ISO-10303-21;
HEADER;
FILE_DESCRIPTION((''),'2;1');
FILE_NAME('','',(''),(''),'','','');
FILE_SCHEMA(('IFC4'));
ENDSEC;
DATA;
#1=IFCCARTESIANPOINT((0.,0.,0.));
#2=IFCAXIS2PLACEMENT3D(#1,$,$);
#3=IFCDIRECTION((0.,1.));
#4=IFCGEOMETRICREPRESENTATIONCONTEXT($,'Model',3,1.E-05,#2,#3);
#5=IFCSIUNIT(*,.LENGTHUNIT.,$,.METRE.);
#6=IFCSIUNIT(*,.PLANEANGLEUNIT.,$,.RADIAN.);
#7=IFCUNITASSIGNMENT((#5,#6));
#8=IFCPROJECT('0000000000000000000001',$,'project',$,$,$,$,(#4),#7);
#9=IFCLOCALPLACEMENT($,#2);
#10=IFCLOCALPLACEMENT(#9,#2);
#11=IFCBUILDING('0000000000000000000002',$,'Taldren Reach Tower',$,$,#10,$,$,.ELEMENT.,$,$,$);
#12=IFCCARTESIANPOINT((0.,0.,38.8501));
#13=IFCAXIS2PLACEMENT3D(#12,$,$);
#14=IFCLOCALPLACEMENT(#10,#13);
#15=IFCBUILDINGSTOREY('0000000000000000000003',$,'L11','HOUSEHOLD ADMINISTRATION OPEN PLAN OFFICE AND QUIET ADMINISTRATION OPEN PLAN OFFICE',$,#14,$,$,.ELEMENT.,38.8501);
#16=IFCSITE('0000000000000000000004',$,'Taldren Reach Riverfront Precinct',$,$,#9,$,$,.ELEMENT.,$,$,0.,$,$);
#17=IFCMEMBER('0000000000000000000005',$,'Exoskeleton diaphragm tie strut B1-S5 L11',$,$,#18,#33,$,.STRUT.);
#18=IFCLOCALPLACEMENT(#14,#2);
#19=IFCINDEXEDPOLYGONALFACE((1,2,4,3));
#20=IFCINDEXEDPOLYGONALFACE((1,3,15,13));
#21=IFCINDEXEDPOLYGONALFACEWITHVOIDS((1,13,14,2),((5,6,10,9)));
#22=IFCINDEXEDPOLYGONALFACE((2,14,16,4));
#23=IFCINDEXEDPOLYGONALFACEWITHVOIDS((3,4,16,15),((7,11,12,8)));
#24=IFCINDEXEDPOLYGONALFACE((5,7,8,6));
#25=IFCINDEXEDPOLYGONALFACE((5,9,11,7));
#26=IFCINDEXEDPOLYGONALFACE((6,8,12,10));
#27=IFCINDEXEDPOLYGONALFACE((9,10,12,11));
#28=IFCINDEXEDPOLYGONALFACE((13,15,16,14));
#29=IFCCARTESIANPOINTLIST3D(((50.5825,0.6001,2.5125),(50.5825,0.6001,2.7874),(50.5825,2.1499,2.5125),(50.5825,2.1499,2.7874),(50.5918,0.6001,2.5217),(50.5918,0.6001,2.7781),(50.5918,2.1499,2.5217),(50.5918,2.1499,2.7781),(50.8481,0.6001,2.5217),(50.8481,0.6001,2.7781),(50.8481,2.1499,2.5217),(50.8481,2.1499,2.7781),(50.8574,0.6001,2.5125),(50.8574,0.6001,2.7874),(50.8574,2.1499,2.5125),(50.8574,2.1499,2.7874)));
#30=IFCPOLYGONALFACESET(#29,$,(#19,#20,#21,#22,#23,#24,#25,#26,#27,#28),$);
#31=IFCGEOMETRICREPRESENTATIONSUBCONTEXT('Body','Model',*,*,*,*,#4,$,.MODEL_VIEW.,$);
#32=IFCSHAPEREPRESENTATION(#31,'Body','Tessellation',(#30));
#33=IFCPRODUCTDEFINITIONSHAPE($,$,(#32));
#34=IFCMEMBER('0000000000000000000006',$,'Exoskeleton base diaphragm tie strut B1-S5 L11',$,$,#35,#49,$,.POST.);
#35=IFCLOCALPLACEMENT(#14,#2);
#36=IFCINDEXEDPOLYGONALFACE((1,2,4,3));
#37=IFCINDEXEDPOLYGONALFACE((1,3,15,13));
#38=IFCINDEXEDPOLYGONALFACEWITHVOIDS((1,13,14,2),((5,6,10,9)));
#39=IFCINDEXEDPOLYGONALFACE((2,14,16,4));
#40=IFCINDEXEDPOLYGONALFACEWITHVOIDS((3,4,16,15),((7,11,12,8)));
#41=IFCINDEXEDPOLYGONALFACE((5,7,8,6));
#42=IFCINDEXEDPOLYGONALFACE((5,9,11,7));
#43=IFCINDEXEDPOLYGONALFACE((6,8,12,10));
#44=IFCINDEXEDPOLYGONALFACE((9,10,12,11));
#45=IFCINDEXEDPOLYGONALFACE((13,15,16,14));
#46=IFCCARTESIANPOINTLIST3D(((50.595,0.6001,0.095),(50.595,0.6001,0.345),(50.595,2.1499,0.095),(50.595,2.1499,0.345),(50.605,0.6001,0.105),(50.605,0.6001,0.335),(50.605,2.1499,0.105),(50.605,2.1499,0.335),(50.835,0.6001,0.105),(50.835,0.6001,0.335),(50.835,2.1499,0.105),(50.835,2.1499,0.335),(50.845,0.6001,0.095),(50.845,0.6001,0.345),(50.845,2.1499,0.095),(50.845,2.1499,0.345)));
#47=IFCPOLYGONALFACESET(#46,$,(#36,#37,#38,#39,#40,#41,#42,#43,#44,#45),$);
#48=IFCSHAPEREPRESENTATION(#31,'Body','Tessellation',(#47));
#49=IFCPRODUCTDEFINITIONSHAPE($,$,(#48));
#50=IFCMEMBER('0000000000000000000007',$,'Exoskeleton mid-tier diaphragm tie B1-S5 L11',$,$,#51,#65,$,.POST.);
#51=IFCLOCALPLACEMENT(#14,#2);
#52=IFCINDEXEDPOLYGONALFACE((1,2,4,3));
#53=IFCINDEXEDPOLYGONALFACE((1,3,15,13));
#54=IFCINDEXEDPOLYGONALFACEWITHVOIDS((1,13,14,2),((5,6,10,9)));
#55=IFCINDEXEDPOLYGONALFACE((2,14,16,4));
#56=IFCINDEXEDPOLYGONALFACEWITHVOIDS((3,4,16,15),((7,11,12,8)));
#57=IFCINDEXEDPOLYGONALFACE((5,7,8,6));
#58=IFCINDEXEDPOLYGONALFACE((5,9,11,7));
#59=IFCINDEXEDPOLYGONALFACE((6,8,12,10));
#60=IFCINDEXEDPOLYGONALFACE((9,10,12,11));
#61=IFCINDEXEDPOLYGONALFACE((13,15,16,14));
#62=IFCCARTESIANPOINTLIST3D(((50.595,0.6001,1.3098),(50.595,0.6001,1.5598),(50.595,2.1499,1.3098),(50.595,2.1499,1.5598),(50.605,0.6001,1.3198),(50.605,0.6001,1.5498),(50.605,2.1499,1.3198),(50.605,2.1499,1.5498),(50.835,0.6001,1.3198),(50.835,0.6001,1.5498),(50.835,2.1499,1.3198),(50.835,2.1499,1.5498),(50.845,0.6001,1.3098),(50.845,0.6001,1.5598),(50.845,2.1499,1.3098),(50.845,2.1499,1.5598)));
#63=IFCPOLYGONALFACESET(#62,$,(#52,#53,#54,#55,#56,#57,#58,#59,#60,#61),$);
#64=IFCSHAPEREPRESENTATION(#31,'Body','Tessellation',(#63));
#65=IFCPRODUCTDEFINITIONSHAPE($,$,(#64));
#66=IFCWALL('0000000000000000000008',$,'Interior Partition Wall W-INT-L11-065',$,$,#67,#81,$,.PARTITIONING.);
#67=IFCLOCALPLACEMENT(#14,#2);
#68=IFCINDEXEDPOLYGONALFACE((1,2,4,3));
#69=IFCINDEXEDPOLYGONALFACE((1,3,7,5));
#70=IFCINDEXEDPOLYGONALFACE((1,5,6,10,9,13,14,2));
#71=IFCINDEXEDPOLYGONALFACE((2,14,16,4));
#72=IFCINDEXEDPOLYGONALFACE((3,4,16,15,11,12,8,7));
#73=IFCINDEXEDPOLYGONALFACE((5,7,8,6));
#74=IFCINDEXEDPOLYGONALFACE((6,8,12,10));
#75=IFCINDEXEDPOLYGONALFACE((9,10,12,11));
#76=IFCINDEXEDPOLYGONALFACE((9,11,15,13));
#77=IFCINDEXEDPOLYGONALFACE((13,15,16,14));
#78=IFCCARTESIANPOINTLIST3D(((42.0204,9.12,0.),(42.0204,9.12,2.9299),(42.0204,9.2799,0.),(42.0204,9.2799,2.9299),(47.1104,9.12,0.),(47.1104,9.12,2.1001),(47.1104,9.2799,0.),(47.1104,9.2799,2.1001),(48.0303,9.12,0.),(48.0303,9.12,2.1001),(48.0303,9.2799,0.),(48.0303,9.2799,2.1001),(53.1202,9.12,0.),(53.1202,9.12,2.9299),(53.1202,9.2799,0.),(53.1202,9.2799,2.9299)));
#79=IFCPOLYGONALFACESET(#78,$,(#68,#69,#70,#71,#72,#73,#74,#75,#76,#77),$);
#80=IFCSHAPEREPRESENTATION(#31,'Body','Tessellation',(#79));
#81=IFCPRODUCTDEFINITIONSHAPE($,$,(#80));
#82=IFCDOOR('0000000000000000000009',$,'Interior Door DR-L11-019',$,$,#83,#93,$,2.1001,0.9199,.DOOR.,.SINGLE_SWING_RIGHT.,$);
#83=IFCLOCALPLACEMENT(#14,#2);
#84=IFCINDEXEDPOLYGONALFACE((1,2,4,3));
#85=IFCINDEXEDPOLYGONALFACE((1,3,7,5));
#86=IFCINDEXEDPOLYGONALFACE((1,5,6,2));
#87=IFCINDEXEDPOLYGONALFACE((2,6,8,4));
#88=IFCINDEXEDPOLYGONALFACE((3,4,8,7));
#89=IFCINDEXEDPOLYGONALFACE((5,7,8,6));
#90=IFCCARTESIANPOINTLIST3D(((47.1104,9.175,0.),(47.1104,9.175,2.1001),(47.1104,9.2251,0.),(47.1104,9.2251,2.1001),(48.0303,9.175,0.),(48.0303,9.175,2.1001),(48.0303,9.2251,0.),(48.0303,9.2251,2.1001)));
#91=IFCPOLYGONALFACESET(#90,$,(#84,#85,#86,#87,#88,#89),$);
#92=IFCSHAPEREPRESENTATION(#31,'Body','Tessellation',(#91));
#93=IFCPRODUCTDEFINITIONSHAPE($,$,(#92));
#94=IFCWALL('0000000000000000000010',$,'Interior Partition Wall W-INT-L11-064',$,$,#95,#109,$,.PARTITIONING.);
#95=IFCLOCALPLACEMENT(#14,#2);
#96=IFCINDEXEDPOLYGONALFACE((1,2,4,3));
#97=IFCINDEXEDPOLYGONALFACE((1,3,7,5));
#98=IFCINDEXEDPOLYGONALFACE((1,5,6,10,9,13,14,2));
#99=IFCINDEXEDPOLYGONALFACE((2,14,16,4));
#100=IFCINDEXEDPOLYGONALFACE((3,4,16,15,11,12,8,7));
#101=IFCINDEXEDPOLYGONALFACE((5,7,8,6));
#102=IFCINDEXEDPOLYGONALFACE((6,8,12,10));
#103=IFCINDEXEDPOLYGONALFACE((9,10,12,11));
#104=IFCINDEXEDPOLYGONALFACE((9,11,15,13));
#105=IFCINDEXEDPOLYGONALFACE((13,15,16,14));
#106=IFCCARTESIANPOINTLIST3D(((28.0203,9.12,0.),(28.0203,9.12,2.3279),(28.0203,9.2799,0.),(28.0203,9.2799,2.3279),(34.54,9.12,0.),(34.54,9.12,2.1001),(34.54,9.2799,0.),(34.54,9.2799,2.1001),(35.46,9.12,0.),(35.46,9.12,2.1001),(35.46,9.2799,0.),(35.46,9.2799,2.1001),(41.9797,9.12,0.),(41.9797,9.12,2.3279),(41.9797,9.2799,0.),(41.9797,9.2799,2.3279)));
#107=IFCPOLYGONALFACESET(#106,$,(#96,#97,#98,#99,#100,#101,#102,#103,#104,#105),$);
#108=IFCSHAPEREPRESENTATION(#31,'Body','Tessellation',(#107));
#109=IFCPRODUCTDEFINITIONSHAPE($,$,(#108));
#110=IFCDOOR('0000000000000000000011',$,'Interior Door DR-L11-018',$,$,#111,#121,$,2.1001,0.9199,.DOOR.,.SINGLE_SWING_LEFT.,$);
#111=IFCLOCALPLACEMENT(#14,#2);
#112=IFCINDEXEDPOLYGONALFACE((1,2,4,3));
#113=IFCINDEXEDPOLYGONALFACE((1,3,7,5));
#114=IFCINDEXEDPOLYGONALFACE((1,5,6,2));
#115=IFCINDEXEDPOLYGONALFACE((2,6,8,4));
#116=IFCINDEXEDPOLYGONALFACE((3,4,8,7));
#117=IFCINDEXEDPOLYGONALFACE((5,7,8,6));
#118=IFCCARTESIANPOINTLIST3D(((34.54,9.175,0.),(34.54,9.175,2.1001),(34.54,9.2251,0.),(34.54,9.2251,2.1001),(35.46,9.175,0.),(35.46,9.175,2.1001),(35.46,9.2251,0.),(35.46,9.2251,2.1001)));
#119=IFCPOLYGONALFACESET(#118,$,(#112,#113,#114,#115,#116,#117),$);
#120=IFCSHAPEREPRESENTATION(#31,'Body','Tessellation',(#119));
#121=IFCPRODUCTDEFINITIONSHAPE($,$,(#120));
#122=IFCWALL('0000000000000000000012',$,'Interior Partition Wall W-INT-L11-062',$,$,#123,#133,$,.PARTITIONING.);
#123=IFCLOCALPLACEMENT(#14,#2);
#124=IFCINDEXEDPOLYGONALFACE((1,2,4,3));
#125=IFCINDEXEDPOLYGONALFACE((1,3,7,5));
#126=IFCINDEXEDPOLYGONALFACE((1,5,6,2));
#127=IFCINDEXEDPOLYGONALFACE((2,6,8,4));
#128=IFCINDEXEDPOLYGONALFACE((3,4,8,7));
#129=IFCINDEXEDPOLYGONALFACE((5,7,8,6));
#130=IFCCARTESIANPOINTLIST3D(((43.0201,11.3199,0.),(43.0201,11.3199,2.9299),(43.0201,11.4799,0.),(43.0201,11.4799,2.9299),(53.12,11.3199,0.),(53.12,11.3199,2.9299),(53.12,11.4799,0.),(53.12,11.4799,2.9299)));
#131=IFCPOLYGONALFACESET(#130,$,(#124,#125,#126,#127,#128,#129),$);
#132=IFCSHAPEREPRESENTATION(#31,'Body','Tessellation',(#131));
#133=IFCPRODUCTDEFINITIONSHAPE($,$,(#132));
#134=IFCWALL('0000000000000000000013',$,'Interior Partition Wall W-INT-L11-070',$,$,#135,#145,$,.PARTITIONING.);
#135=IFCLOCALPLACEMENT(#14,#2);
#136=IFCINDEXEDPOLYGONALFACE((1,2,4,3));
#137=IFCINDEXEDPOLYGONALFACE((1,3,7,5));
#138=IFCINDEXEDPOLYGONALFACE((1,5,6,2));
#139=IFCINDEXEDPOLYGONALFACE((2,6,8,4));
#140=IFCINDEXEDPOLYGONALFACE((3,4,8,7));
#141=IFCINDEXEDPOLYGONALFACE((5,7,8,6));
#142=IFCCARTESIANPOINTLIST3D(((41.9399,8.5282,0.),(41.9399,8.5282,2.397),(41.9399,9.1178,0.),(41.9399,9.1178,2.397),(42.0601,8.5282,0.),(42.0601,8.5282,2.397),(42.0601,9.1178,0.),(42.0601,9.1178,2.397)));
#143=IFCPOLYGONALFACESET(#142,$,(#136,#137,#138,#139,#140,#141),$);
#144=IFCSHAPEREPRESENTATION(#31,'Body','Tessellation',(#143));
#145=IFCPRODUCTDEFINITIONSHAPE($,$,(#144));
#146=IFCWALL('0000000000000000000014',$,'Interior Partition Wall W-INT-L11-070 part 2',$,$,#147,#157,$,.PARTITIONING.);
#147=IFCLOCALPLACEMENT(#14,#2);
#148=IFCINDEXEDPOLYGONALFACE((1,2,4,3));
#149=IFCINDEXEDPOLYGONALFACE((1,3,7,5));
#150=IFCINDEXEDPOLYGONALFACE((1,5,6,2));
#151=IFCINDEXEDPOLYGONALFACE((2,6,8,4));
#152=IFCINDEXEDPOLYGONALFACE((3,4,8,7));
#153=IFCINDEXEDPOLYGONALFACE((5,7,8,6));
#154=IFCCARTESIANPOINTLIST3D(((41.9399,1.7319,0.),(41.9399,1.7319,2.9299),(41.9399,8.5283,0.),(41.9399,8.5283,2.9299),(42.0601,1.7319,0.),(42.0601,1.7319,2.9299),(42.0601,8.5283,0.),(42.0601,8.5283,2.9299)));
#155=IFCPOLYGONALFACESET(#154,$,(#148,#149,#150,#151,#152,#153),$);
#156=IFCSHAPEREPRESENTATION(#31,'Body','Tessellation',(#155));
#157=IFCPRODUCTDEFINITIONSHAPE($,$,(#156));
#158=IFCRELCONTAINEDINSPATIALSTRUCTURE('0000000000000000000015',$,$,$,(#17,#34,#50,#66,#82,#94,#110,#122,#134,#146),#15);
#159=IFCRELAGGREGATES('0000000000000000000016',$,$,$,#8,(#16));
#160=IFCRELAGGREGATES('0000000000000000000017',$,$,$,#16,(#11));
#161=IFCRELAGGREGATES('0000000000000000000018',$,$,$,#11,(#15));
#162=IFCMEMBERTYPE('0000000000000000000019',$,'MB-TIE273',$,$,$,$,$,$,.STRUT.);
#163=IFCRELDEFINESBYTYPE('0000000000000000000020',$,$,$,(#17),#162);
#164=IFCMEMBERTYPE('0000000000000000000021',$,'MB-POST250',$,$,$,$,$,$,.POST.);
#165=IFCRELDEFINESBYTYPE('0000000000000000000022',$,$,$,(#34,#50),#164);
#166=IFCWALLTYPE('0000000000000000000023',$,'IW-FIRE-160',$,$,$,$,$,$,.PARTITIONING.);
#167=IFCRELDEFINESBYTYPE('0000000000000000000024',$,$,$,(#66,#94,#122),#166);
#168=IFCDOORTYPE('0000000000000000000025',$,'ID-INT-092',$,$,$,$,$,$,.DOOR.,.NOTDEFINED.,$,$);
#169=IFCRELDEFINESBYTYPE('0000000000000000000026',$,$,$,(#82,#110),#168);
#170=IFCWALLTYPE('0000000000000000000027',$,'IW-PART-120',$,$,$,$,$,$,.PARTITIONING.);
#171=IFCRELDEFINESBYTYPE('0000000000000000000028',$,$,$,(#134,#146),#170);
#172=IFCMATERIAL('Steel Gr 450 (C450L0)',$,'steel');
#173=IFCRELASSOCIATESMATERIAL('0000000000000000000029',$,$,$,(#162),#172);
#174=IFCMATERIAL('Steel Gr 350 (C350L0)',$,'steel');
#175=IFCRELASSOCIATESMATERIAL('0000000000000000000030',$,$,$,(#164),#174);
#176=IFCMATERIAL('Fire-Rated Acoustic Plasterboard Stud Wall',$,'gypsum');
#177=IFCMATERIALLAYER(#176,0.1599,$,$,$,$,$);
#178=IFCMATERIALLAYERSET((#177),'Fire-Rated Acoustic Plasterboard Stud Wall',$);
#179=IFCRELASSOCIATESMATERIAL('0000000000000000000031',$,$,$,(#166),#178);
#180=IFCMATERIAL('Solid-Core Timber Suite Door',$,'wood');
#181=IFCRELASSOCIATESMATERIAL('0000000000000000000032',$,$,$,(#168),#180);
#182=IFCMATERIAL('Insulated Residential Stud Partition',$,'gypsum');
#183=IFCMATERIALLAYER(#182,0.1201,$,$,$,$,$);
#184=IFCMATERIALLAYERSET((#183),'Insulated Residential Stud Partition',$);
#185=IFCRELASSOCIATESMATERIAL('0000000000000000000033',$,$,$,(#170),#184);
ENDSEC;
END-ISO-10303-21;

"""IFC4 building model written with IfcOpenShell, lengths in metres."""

from ifc_helpers import new_model, si_unit, direction, frame, frame_2d, origin, origin_2d, place, context, subcontext, project, spatial, rectangle, hollow_rectangle, extrude, source, transform, mapped, material, layer, layer_set, material_profile, profile_set, type_object, element, fill, save


model = new_model("IFC4")

# Units and contexts
model_context = context("Model", 3, precision=1e-05, world=origin(), true_north=direction((0.0, 1.0)))
body_context = subcontext(model_context, "Body", "Model", "MODEL_VIEW")
ifc_project = project(units=[si_unit("LENGTHUNIT", "METRE"), si_unit("PLANEANGLEUNIT", "RADIAN")], contexts=[model_context])

# Site, building, storey
site_placement = place(None, origin())
site = spatial("IfcSite", under=ifc_project, at=site_placement, Name="Taldren Reach Riverfront Precinct", CompositionType="ELEMENT", RefElevation=0.0)
building_placement = place(site_placement, origin())
building = spatial("IfcBuilding", under=site, at=building_placement, Name="Taldren Reach Tower", CompositionType="ELEMENT")
storey_placement = place(building_placement, frame((0.0, 0.0, 38.8501)))
storey = spatial("IfcBuildingStorey", under=building, at=storey_placement, Name="L11", Description="HOUSEHOLD ADMINISTRATION OPEN PLAN OFFICE AND QUIET ADMINISTRATION OPEN PLAN OFFICE", CompositionType="ELEMENT", Elevation=38.8501)

# Members
ifc_material_1 = material(Name="Steel Gr 450 (C450L0)", Category="steel")
ifc_material_profile_1 = material_profile(ifc_material_1, hollow_rectangle(XDim=0.2749, YDim=0.2749, WallThickness=0.0093, at=origin_2d()), Name="275x275x9.3SHS")
ifc_profile_set_1 = profile_set([ifc_material_profile_1], Name="Steel Gr 450 (C450L0)")
member_type_1 = type_object("IfcMemberType", Name="MB-TIE273", PredefinedType="STRUT", material=ifc_profile_set_1)
shared_shape_1 = source(origin(), body_context, "Body", "SweptSolid", [
    extrude(hollow_rectangle(XDim=0.2749, YDim=0.2749, WallThickness=0.0093, at=origin_2d()), origin(), (0.0, 0.0, 1.0), 1.5498),
])
member_placement = place(storey_placement, frame((50.72, 2.1499, 2.6499), z_axis=(0.0, -1.0, 0.0), x_axis=(1.0, 0.0, 0.0)))
element("IfcMember", 1, at=member_placement, inside=storey, type_object=member_type_1, Name="Exoskeleton diaphragm tie strut B1-S5 L11", PredefinedType="STRUT", context=body_context, shape_type="MappedRepresentation", body=[
    mapped(shared_shape_1, transform((0.0, 0.0, 0.0), scale=1.0)),
])
ifc_material_2 = material(Name="Steel Gr 350 (C350L0)", Category="steel")
ifc_material_profile_2 = material_profile(ifc_material_2, hollow_rectangle(XDim=0.25, YDim=0.25, WallThickness=0.01, at=origin_2d()), Name="250x250x10.0SHS")
ifc_profile_set_2 = profile_set([ifc_material_profile_2], Name="Steel Gr 350 (C350L0)")
member_type_2 = type_object("IfcMemberType", Name="MB-POST250", PredefinedType="POST", material=ifc_profile_set_2)
shared_shape_2 = source(origin(), body_context, "Body", "SweptSolid", [
    extrude(hollow_rectangle(XDim=0.25, YDim=0.25, WallThickness=0.01, at=origin_2d()), origin(), (0.0, 0.0, 1.0), 1.5498),
])
for number, where, z_axis, x_axis, name in (
    (2, (50.72, 2.1499, 0.22), (0.0, -1.0, 0.0), (1.0, 0.0, 0.0), "Exoskeleton base diaphragm tie strut B1-S5 L11"),
    (3, (50.72, 2.1499, 1.4348), (0.0, -1.0, 0.0), (1.0, 0.0, 0.0), "Exoskeleton mid-tier diaphragm tie B1-S5 L11"),
):
    element("IfcMember", number, at=place(storey_placement, frame(where, z_axis=z_axis, x_axis=x_axis)), inside=storey, type_object=member_type_2, Name=name, PredefinedType="POST", context=body_context, shape_type="MappedRepresentation", body=[
        mapped(shared_shape_2, transform((0.0, 0.0, 0.0), scale=1.0)),
    ])

# Walls, openings, doors
ifc_material_3 = material(Name="Fire-Rated Acoustic Plasterboard Stud Wall", Category="gypsum")
ifc_layer_1 = layer(ifc_material_3, 0.1599)
ifc_layer_set_1 = layer_set([ifc_layer_1], Name="Fire-Rated Acoustic Plasterboard Stud Wall")
wall_type_1 = type_object("IfcWallType", Name="IW-FIRE-160", PredefinedType="PARTITIONING", material=ifc_layer_set_1)
shared_shape_3 = source(origin(), body_context, "Body", "SweptSolid", [
    extrude(rectangle(XDim=11.0999, YDim=0.1599, at=frame_2d((5.5498, 0.0))), origin(), (0.0, 0.0, 1.0), 2.9299),
])
wall_1_placement = place(storey_placement, frame((53.1201, 9.2, 0.0), z_axis=(0.0, 0.0, 1.0), x_axis=(-1.0, 0.0, 0.0)))
wall_1 = element("IfcWall", 4, at=wall_1_placement, inside=storey, type_object=wall_type_1, Name="Interior Partition Wall W-INT-L11-065", PredefinedType="PARTITIONING", context=body_context, shape_type="MappedRepresentation", body=[
    mapped(shared_shape_3, transform((0.0, 0.0, 0.0), scale=1.0)),
])
shared_shape_4 = source(origin(), body_context, "Body", "SweptSolid", [
    extrude(rectangle(XDim=0.9199, YDim=2.1001, at=frame_2d((0.46, 1.05))), frame((0.0, 0.0898, 0.0), z_axis=(0.0, -1.0, 0.0), x_axis=(1.0, 0.0, 0.0)), (0.0, 0.0, 1.0), 0.1799),
])
opening_1_placement = place(wall_1_placement, frame((5.0898, 0.0, 0.0)))
opening_1 = element("IfcOpeningElement", 5, at=opening_1_placement, cuts=wall_1, PredefinedType="OPENING", context=body_context, shape_type="MappedRepresentation", body=[
    mapped(shared_shape_4, transform((0.0, 0.0, 0.0), scale=1.0)),
])
ifc_material_4 = material(Name="Solid-Core Timber Suite Door", Category="wood")
door_type = type_object("IfcDoorType", Name="ID-INT-092", OperationType="NOTDEFINED", PredefinedType="DOOR", material=ifc_material_4)
shared_shape_5 = source(origin(), body_context, "Body", "SweptSolid", [
    extrude(rectangle(XDim=0.9199, YDim=2.1001, at=frame_2d((0.46, 1.05))), frame((0.0, 0.0249, 0.0), z_axis=(0.0, -1.0, 0.0), x_axis=(1.0, 0.0, 0.0)), (0.0, 0.0, 1.0), 0.05),
])
door_1_placement = place(opening_1_placement, origin())
door_1 = element("IfcDoor", 6, at=door_1_placement, inside=storey, type_object=door_type, Name="Interior Door DR-L11-019", OperationType="SINGLE_SWING_RIGHT", OverallHeight=2.1001, OverallWidth=0.9199, PredefinedType="DOOR", context=body_context, shape_type="MappedRepresentation", body=[
    mapped(shared_shape_5, transform((0.0, 0.0, 0.0), scale=1.0)),
])
fill(opening_1, door_1)
shared_shape_6 = source(origin(), body_context, "Body", "SweptSolid", [
    extrude(rectangle(XDim=13.9595, YDim=0.1599, at=frame_2d((6.9797, 0.0))), origin(), (0.0, 0.0, 1.0), 2.3279),
])
wall_2_placement = place(storey_placement, frame((41.9797, 9.2, 0.0), z_axis=(0.0, 0.0, 1.0), x_axis=(-1.0, 0.0, 0.0)))
wall_2 = element("IfcWall", 7, at=wall_2_placement, inside=storey, type_object=wall_type_1, Name="Interior Partition Wall W-INT-L11-064", PredefinedType="PARTITIONING", context=body_context, shape_type="MappedRepresentation", body=[
    mapped(shared_shape_6, transform((0.0, 0.0, 0.0), scale=1.0)),
])
opening_2_placement = place(wall_2_placement, frame((6.5198, 0.0, 0.0)))
opening_2 = element("IfcOpeningElement", 8, at=opening_2_placement, cuts=wall_2, PredefinedType="OPENING", context=body_context, shape_type="MappedRepresentation", body=[
    mapped(shared_shape_4, transform((0.0, 0.0, 0.0), scale=1.0)),
])
door_2_placement = place(opening_2_placement, origin())
door_2 = element("IfcDoor", 9, at=door_2_placement, inside=storey, type_object=door_type, Name="Interior Door DR-L11-018", OperationType="SINGLE_SWING_LEFT", OverallHeight=2.1001, OverallWidth=0.9199, PredefinedType="DOOR", context=body_context, shape_type="MappedRepresentation", body=[
    mapped(shared_shape_5, transform((0.0, 0.0, 0.0), scale=1.0)),
])
fill(opening_2, door_2)

# Walls
shared_shape_7 = source(origin(), body_context, "Body", "SweptSolid", [
    extrude(rectangle(XDim=10.0999, YDim=0.1599, at=frame_2d((5.0498, 0.0))), origin(), (0.0, 0.0, 1.0), 2.9299),
])
wall_3_placement = place(storey_placement, frame((43.0203, 11.3999, 0.0), z_axis=(0.0, 0.0, 1.0), x_axis=(1.0, 0.0, 0.0)))
element("IfcWall", 10, at=wall_3_placement, inside=storey, type_object=wall_type_1, Name="Interior Partition Wall W-INT-L11-062", PredefinedType="PARTITIONING", context=body_context, shape_type="MappedRepresentation", body=[
    mapped(shared_shape_7, transform((0.0, 0.0, 0.0), scale=1.0)),
])
ifc_material_5 = material(Name="Insulated Residential Stud Partition", Category="gypsum")
ifc_layer_2 = layer(ifc_material_5, 0.1201)
ifc_layer_set_2 = layer_set([ifc_layer_2], Name="Insulated Residential Stud Partition")
wall_type_2 = type_object("IfcWallType", Name="IW-PART-120", PredefinedType="PARTITIONING", material=ifc_layer_set_2)
shared_shape_8 = source(origin(), body_context, "Body", "SweptSolid", [
    extrude(rectangle(XDim=0.5896, YDim=0.1201, at=frame_2d((0.2949, 0.0))), origin(), (0.0, 0.0, 1.0), 2.397),
])
wall_4_placement = place(storey_placement, frame((42.0, 9.1179, 0.0), z_axis=(0.0, 0.0, 1.0), x_axis=(0.0, -1.0, 0.0)))
element("IfcWall", 11, at=wall_4_placement, inside=storey, type_object=wall_type_2, Name="Interior Partition Wall W-INT-L11-070", PredefinedType="PARTITIONING", context=body_context, shape_type="MappedRepresentation", body=[
    mapped(shared_shape_8, transform((0.0, 0.0, 0.0), scale=1.0)),
])
shared_shape_9 = source(origin(), body_context, "Body", "SweptSolid", [
    extrude(rectangle(XDim=6.7964, YDim=0.1201, at=frame_2d((3.3982, 0.0))), origin(), (0.0, 0.0, 1.0), 2.9299),
])
wall_5_placement = place(storey_placement, frame((42.0, 8.5283, 0.0), z_axis=(0.0, 0.0, 1.0), x_axis=(0.0, -1.0, 0.0)))
element("IfcWall", 12, at=wall_5_placement, inside=storey, type_object=wall_type_2, Name="Interior Partition Wall W-INT-L11-070 part 2", PredefinedType="PARTITIONING", context=body_context, shape_type="MappedRepresentation", body=[
    mapped(shared_shape_9, transform((0.0, 0.0, 0.0), scale=1.0)),
])

save(model, "model.ifc")
